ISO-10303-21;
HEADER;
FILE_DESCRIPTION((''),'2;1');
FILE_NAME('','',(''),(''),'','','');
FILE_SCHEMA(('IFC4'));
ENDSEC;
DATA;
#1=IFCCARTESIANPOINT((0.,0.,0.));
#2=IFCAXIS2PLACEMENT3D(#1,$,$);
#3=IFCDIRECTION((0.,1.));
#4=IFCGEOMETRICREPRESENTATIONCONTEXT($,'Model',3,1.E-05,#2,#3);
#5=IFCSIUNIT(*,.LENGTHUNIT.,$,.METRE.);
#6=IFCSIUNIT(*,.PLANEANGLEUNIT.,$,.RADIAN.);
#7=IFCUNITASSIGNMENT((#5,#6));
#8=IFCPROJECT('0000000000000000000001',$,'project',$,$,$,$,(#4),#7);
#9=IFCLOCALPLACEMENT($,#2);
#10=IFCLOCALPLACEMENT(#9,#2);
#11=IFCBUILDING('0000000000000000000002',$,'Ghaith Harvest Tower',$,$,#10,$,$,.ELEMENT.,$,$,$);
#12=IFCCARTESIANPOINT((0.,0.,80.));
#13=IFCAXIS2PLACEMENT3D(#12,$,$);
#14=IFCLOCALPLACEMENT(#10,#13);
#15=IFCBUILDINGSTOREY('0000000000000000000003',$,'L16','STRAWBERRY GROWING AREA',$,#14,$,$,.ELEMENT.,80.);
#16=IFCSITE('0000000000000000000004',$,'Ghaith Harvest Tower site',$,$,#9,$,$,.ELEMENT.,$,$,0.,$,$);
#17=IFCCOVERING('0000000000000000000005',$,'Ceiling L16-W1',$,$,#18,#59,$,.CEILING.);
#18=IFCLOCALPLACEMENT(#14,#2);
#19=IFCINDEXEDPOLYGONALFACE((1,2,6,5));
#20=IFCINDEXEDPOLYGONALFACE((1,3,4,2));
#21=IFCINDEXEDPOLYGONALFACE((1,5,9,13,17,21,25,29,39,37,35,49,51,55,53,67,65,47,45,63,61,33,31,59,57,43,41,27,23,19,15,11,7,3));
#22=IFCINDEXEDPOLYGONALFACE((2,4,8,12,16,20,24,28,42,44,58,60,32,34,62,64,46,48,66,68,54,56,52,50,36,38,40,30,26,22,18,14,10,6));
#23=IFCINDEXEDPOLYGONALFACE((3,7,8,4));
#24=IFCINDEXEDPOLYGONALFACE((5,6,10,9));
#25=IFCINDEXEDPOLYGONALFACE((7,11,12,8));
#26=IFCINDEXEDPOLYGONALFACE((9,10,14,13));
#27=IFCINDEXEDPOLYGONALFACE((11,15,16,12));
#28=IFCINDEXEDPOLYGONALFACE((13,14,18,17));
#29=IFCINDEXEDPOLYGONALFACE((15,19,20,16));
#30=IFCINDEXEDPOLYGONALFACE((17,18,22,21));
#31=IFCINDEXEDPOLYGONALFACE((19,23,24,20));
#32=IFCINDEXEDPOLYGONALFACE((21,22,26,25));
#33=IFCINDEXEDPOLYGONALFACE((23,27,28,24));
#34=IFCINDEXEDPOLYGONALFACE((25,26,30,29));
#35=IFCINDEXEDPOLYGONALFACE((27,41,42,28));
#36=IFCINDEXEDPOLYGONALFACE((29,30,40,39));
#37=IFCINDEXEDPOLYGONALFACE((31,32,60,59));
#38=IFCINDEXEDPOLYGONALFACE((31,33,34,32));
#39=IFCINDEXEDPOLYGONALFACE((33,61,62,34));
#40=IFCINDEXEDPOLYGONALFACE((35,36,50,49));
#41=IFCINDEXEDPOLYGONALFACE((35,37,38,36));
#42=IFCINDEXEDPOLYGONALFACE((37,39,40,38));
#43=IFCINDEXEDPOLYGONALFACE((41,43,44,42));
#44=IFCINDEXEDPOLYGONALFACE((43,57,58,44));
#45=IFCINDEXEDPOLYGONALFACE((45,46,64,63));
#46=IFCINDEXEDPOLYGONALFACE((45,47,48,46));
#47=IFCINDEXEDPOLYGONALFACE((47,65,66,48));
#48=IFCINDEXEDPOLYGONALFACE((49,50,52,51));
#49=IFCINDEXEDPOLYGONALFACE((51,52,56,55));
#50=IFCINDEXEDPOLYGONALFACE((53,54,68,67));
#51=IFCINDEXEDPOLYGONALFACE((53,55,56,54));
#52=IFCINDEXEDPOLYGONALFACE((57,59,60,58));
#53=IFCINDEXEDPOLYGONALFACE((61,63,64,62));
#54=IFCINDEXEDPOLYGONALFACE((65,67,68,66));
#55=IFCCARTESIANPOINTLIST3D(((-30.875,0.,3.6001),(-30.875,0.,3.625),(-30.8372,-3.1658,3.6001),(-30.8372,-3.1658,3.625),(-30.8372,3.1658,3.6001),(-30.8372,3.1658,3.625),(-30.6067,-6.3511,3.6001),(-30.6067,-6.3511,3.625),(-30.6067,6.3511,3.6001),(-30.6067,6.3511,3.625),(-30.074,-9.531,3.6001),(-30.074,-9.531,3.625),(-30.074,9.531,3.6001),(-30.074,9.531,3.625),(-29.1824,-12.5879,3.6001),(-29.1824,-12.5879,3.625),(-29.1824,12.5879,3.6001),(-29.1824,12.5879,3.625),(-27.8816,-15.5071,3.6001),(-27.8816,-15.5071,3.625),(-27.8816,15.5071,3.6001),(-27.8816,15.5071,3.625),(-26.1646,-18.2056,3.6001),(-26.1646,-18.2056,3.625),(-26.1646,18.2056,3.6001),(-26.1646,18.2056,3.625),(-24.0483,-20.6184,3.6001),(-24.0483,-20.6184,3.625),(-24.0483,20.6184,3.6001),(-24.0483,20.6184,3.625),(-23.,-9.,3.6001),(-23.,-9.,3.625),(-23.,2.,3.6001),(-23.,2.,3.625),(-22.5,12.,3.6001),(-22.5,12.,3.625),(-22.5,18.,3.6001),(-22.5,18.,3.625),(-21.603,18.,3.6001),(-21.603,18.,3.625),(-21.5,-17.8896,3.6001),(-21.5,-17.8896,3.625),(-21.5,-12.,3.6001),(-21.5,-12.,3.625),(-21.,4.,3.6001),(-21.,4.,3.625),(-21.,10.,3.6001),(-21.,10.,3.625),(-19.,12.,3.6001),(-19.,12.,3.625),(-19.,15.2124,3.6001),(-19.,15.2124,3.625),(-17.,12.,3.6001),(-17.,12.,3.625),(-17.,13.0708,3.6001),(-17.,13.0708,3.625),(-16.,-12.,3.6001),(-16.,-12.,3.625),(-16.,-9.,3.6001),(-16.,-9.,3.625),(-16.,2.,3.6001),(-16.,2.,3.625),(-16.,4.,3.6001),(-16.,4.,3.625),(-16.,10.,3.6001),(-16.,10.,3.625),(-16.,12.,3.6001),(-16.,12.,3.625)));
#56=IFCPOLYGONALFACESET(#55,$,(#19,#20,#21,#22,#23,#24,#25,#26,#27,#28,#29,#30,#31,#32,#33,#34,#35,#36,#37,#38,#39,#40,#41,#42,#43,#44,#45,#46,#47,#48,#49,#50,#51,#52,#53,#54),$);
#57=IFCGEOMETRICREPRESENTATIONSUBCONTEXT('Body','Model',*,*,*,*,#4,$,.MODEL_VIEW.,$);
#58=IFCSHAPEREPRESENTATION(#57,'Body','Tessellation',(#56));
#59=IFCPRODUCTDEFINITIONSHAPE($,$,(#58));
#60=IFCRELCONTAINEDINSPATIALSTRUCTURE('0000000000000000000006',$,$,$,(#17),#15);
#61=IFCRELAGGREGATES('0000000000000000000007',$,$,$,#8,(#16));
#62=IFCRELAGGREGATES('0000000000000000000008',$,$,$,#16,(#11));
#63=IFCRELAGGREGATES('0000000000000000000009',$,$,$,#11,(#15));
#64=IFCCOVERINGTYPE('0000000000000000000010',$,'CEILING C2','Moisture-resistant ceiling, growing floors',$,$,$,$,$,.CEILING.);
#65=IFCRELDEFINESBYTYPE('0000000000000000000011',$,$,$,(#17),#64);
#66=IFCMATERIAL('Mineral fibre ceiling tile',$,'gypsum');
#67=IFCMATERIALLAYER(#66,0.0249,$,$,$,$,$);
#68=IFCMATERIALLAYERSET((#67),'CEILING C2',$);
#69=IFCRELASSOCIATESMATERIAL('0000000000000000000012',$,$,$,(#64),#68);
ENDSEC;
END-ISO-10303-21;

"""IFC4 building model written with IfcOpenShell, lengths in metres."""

from ifc_helpers import new_model, si_unit, direction, frame, origin, place, context, subcontext, project, spatial, polyline, outline, extrude, material, layer, layer_set, type_object, element, save


model = new_model("IFC4")

# Units and contexts
model_context = context("Model", 3, precision=1e-05, world=origin(), true_north=direction((0.0, 1.0)))
body_context = subcontext(model_context, "Body", "Model", "MODEL_VIEW")
ifc_project = project(units=[si_unit("LENGTHUNIT", "METRE"), si_unit("PLANEANGLEUNIT", "RADIAN")], contexts=[model_context])

# Site, building, storey
site_placement = place(None, origin())
site = spatial("IfcSite", under=ifc_project, at=site_placement, Name="Ghaith Harvest Tower site", CompositionType="ELEMENT", RefElevation=0.0)
building_placement = place(site_placement, origin())
building = spatial("IfcBuilding", under=site, at=building_placement, Name="Ghaith Harvest Tower", CompositionType="ELEMENT")
storey_placement = place(building_placement, frame((0.0, 0.0, 80.0)))
storey = spatial("IfcBuildingStorey", under=building, at=storey_placement, Name="L16", Description="STRAWBERRY GROWING AREA", CompositionType="ELEMENT", Elevation=80.0)

# Covering
ifc_material_1 = material(Name="Mineral fibre ceiling tile", Category="gypsum")
ifc_layer_1 = layer(ifc_material_1, 0.0249)
ifc_layer_set_1 = layer_set([ifc_layer_1], Name="CEILING C2")
covering_type = type_object("IfcCoveringType", Name="CEILING C2", Description="Moisture-resistant ceiling, growing floors", PredefinedType="CEILING", material=ifc_layer_set_1)
covering_1_placement = place(storey_placement, frame((0.0, 0.0, 3.6001)))
element("IfcCovering", 1, at=covering_1_placement, inside=storey, type_object=covering_type, Name="Ceiling L16-W1", PredefinedType="CEILING", context=body_context, shape_type="SweptSolid", body=[
    extrude(outline(polyline([(-26.1646, -18.2056), (-27.8816, -15.5071), (-29.1824, -12.5879), (-30.074, -9.531), (-30.6067, -6.3511), (-30.8372, -3.1658), (-30.875, 0.0), (-30.8372, 3.1658), (-30.6067, 6.3511), (-30.074, 9.531), (-29.1824, 12.5879), (-27.8816, 15.5071), (-26.1646, 18.2056), (-24.0483, 20.6184), (-21.603, 18.0), (-22.5, 18.0), (-22.5, 12.0), (-19.0, 12.0), (-19.0, 15.2124), (-17.0, 13.0708), (-17.0, 12.0), (-16.0, 12.0), (-16.0, 10.0), (-21.0, 10.0), (-21.0, 4.0), (-16.0, 4.0), (-16.0, 2.0), (-23.0, 2.0), (-23.0, -9.0), (-16.0, -9.0), (-16.0, -12.0), (-21.5, -12.0), (-21.5, -17.8896), (-24.0483, -20.6184), (-26.1646, -18.2056)])), origin(), (0.0, 0.0, 1.0), 0.0249),
])

save(model, "model.ifc")
